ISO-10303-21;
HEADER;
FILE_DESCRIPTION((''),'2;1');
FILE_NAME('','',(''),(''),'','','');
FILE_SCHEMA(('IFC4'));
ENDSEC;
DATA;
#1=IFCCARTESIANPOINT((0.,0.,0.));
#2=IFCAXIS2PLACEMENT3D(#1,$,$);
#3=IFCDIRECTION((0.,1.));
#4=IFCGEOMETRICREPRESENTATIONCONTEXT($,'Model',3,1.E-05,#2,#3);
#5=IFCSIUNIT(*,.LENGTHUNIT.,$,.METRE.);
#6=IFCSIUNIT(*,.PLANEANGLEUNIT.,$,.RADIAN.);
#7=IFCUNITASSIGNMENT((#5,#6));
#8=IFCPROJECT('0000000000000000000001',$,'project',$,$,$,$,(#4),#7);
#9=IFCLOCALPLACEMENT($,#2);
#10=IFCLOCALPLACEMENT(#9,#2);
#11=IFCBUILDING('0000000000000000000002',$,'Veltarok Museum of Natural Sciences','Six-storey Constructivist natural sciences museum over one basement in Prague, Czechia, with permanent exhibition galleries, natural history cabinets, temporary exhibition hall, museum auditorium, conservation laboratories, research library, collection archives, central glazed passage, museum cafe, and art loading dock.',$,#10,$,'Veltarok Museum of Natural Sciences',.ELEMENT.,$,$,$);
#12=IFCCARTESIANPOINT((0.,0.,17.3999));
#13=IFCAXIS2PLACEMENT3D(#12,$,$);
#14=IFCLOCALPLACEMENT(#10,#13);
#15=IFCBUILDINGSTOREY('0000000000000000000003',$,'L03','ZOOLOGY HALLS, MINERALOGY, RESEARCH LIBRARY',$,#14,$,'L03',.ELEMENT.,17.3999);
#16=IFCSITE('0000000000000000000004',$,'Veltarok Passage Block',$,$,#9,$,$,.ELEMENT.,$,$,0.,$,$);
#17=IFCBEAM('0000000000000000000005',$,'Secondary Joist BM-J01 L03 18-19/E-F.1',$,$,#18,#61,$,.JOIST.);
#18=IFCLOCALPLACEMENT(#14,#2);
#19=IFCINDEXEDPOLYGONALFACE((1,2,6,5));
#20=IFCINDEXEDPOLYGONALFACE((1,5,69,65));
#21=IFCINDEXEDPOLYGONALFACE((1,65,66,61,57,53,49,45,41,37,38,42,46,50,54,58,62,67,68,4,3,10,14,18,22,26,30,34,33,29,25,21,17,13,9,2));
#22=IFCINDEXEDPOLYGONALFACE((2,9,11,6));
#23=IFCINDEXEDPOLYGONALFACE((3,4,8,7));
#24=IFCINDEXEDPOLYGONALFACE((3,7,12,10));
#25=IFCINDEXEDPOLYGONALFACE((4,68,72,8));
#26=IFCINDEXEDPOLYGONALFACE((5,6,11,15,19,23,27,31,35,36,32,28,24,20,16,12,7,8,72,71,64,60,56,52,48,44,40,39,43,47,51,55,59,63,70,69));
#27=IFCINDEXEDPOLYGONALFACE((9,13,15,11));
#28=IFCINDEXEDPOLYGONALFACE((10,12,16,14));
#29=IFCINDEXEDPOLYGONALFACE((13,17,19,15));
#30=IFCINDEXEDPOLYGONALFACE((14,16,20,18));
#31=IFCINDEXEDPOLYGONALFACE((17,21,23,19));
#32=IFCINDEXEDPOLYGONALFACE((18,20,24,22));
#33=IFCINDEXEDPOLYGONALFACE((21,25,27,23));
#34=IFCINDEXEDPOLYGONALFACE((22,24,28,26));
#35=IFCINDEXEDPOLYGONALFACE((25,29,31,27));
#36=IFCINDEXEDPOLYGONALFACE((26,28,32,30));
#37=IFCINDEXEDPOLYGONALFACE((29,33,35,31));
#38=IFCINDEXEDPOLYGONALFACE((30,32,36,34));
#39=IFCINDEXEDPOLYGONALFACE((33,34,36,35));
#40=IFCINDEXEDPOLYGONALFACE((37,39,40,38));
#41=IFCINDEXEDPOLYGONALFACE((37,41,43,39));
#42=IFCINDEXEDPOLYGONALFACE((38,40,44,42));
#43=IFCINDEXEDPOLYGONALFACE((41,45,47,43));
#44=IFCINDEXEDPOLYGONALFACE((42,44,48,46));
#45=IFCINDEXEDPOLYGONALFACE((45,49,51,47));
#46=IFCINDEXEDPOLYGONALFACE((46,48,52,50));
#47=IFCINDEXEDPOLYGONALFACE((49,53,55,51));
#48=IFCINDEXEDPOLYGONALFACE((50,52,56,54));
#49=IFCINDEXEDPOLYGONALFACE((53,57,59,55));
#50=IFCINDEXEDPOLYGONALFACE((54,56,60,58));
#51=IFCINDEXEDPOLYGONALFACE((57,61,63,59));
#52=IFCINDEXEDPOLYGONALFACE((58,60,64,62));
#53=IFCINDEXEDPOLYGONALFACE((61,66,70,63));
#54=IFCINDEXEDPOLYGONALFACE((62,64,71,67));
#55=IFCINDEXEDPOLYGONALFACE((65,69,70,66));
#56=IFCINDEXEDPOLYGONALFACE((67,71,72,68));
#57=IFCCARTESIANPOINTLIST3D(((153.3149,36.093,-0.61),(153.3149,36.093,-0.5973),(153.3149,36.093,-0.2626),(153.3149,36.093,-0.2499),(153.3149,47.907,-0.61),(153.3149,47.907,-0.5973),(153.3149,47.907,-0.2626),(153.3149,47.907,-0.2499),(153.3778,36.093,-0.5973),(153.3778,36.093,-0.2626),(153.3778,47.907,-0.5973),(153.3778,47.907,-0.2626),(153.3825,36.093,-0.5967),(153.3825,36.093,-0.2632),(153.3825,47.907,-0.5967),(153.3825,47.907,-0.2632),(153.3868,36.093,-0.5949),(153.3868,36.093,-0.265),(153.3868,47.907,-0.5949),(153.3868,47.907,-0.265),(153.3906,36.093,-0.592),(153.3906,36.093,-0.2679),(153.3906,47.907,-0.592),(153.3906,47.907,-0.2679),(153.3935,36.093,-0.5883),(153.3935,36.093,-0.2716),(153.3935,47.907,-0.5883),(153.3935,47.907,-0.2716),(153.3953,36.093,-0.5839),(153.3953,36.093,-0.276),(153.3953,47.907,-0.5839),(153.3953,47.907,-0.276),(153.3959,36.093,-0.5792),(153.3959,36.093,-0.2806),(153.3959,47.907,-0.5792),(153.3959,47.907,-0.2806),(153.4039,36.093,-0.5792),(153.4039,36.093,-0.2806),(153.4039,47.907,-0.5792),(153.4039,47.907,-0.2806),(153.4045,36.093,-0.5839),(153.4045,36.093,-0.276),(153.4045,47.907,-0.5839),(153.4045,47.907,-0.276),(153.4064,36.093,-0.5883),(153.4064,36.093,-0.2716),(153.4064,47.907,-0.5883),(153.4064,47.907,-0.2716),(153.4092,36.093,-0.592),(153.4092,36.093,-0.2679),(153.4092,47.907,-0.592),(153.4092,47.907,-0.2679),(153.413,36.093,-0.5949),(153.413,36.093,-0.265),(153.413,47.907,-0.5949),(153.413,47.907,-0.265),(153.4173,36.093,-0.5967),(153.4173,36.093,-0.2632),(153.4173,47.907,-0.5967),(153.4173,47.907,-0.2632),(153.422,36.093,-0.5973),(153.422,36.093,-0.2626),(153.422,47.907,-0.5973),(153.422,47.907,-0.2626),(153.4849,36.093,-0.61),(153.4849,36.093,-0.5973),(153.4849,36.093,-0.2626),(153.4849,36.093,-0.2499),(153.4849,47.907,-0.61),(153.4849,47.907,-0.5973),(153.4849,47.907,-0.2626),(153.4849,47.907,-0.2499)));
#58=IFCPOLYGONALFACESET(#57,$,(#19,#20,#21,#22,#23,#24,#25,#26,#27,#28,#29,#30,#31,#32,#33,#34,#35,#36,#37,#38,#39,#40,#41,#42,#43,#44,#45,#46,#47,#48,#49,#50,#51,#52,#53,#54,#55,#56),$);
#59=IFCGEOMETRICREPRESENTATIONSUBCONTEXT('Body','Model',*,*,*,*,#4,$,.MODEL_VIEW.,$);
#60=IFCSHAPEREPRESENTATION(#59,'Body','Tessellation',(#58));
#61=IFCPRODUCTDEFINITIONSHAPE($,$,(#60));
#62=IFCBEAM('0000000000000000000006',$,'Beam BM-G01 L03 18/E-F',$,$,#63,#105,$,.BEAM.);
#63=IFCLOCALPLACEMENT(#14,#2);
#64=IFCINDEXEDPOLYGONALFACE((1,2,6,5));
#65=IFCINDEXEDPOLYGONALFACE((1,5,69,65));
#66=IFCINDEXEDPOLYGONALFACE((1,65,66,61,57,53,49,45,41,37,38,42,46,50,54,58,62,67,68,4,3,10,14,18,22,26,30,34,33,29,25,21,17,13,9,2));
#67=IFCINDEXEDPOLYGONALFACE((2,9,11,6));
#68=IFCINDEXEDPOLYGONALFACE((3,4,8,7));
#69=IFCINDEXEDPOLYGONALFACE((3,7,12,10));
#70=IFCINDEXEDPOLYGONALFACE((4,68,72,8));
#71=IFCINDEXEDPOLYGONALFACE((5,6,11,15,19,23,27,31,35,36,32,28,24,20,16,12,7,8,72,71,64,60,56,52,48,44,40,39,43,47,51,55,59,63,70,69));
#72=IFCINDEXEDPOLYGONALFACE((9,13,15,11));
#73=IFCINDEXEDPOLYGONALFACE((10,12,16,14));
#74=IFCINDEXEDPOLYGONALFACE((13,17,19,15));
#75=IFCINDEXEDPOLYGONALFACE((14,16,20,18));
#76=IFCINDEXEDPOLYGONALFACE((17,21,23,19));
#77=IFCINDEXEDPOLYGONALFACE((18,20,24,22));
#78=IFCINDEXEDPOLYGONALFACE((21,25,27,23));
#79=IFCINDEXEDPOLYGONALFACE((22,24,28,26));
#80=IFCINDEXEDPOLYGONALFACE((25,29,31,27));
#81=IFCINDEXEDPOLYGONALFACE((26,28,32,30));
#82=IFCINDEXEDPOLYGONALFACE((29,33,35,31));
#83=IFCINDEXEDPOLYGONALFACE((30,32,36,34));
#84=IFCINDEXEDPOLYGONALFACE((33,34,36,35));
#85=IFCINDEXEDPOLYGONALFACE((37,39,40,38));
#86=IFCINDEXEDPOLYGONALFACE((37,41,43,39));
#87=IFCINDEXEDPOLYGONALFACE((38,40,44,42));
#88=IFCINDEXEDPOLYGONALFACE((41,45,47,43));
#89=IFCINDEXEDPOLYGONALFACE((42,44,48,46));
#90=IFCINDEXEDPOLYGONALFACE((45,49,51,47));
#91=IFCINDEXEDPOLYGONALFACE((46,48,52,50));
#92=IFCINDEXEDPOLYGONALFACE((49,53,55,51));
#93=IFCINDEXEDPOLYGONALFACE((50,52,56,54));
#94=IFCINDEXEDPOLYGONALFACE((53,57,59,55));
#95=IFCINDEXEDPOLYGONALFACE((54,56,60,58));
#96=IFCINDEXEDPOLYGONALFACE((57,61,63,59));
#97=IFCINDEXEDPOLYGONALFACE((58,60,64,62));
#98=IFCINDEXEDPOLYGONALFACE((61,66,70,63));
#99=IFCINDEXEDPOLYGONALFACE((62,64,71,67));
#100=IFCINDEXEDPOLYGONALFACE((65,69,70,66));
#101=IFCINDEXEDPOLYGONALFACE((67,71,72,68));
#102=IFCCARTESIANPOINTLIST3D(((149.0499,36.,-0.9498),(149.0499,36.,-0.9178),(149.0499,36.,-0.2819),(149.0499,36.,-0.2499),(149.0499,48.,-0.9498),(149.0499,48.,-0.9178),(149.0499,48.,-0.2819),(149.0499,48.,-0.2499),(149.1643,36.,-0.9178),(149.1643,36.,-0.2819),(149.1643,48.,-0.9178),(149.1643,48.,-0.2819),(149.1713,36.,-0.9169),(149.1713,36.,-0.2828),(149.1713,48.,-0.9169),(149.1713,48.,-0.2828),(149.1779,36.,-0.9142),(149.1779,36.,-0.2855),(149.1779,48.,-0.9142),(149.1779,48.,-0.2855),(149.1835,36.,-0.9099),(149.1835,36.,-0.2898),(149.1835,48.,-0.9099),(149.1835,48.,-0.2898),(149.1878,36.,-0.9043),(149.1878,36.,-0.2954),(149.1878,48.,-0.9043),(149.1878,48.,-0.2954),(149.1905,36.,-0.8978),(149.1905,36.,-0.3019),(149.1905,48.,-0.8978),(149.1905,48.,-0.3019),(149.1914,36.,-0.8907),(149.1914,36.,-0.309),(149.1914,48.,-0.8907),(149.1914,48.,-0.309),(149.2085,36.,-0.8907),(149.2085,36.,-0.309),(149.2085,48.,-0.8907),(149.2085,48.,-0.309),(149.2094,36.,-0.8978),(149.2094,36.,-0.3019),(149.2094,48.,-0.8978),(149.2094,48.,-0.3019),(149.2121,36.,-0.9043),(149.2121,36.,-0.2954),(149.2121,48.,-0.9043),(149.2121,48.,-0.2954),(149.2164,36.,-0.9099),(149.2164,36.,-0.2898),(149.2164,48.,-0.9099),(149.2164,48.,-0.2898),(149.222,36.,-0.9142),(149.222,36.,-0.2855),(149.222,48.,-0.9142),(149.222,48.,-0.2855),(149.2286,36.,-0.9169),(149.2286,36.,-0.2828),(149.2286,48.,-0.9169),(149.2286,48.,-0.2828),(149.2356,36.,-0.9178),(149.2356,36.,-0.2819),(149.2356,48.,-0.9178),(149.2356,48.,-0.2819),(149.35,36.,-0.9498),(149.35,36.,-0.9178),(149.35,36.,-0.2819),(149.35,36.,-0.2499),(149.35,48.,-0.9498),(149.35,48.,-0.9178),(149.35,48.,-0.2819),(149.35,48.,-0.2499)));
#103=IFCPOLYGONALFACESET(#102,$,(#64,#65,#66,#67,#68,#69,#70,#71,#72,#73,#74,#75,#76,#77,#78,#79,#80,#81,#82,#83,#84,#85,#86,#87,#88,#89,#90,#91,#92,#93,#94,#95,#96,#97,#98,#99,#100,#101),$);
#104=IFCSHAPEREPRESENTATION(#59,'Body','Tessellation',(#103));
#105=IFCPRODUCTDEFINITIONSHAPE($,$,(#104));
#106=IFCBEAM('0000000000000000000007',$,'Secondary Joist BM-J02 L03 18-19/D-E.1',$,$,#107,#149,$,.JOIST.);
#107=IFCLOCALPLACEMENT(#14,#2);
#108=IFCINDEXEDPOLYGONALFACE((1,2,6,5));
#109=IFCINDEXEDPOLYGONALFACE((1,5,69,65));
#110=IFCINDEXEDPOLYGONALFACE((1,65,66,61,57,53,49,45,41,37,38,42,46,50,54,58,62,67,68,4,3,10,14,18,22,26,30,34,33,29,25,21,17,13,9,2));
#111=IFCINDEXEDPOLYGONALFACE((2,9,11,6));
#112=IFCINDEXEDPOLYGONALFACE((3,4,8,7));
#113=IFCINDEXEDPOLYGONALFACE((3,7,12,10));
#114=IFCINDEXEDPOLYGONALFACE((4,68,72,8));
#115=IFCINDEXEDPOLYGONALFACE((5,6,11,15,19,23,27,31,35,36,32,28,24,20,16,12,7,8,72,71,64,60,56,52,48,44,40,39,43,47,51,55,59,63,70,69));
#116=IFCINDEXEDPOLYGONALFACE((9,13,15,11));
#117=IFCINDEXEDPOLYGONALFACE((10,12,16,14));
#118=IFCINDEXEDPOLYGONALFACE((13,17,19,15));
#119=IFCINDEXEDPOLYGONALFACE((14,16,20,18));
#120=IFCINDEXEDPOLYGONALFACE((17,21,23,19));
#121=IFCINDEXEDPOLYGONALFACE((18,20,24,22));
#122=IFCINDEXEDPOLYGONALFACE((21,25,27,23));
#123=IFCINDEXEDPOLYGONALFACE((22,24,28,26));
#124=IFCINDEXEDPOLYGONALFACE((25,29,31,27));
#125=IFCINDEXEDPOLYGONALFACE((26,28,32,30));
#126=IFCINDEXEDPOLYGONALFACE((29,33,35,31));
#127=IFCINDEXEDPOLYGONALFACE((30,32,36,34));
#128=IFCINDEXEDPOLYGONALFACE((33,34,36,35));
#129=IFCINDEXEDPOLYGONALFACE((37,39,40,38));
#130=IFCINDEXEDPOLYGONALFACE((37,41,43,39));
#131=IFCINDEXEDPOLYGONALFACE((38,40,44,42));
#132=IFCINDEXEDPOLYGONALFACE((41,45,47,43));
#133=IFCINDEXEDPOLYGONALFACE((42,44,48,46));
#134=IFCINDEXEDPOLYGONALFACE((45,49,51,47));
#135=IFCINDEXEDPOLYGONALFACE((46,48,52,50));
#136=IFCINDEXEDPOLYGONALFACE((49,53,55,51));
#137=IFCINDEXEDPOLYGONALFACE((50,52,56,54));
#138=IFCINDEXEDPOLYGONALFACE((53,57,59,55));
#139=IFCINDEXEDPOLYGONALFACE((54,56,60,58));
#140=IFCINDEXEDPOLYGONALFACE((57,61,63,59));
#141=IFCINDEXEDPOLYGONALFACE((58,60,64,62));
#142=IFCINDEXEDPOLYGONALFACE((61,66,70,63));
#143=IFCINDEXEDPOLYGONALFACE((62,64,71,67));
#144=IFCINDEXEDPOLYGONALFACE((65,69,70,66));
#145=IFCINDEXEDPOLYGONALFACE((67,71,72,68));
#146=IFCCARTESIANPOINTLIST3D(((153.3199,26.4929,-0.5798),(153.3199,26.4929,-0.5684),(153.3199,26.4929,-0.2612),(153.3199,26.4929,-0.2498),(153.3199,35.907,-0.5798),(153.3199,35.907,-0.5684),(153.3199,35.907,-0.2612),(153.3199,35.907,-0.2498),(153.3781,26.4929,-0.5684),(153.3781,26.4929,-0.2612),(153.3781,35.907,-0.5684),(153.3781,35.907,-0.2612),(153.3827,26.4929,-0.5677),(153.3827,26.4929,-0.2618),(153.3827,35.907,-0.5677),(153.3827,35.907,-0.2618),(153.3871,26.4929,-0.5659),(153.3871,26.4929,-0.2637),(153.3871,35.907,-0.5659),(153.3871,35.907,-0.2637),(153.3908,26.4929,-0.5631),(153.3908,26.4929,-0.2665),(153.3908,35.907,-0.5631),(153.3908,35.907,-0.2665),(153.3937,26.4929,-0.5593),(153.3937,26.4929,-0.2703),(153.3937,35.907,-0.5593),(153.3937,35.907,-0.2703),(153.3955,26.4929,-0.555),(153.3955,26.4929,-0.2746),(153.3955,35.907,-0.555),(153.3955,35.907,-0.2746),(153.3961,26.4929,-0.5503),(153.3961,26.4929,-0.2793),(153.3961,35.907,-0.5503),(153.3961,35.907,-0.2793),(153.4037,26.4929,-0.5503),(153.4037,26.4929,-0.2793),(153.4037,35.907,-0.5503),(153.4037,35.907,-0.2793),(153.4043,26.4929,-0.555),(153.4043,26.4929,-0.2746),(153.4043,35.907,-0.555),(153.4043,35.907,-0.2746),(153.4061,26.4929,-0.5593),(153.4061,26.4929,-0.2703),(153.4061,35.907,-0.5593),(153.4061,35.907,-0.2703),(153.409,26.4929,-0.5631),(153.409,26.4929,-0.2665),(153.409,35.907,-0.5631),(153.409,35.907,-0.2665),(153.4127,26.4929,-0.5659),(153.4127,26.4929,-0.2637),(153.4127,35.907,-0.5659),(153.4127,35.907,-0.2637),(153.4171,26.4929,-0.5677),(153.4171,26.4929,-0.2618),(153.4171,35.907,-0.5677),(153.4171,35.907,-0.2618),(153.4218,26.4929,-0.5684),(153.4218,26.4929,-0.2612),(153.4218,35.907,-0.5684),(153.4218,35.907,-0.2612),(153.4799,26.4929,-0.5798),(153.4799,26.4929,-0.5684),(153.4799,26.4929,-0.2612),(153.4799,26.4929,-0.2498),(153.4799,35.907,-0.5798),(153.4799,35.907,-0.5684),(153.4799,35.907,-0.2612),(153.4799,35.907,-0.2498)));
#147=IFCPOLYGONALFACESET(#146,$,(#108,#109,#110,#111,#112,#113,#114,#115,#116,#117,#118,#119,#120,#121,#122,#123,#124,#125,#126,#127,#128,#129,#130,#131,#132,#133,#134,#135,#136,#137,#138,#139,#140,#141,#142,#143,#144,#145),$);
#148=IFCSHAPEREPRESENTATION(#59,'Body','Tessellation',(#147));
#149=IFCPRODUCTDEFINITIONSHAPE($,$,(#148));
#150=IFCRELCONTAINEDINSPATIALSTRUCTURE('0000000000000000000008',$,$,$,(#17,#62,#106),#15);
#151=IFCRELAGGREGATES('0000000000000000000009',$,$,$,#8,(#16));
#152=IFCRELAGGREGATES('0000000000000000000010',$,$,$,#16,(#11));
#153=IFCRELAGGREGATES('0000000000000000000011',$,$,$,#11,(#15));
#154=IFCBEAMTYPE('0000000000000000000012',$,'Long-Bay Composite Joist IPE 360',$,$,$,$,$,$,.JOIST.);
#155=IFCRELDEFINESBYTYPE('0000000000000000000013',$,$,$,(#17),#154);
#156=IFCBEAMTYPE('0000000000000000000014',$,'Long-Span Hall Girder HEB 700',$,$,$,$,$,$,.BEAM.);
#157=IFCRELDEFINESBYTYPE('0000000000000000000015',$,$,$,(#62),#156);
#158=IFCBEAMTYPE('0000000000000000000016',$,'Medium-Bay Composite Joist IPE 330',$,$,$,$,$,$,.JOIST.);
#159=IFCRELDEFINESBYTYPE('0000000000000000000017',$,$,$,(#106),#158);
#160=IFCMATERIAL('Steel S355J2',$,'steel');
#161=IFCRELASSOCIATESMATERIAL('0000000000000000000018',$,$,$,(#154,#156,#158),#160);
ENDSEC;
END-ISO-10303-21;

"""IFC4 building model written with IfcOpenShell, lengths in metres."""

from ifc_helpers import new_model, si_unit, direction, frame, origin, origin_2d, place, context, subcontext, project, spatial, i_section, extrude, material, material_profile, profile_set, type_object, element, save


model = new_model("IFC4")

# Units and contexts
model_context = context("Model", 3, precision=1e-05, world=origin(), true_north=direction((0.0, 1.0)))
body_context = subcontext(model_context, "Body", "Model", "MODEL_VIEW")
ifc_project = project(units=[si_unit("LENGTHUNIT", "METRE"), si_unit("PLANEANGLEUNIT", "RADIAN")], contexts=[model_context])

# Site, building, storey
site_placement = place(None, origin())
site = spatial("IfcSite", under=ifc_project, at=site_placement, Name="Veltarok Passage Block", CompositionType="ELEMENT", RefElevation=0.0)
building_placement = place(site_placement, origin())
building = spatial("IfcBuilding", under=site, at=building_placement, Name="Veltarok Museum of Natural Sciences", Description="Six-storey Constructivist natural sciences museum over one basement in Prague, Czechia, with permanent exhibition galleries, natural history cabinets, temporary exhibition hall, museum auditorium, conservation laboratories, research library, collection archives, central glazed passage, museum cafe, and art loading dock.", LongName="Veltarok Museum of Natural Sciences", CompositionType="ELEMENT")
storey_placement = place(building_placement, frame((0.0, 0.0, 17.3999)))
storey = spatial("IfcBuildingStorey", under=building, at=storey_placement, Name="L03", Description="ZOOLOGY HALLS, MINERALOGY, RESEARCH LIBRARY", LongName="L03", CompositionType="ELEMENT", Elevation=17.3999)

# Beams
ifc_material_1 = material(Name="Steel S355J2", Category="steel")
ifc_material_profile_1 = material_profile(ifc_material_1, i_section(OverallWidth=0.1699, OverallDepth=0.3601, WebThickness=0.0081, FlangeThickness=0.0127, FilletRadius=0.0181, at=origin_2d()), Name="IPE 360")
ifc_profile_set_1 = profile_set([ifc_material_profile_1], Name="Steel S355J2")
beam_type_1 = type_object("IfcBeamType", Name="Long-Bay Composite Joist IPE 360", PredefinedType="JOIST", material=ifc_profile_set_1)
beam_1_placement = place(storey_placement, frame((153.3999, 36.093, -0.4299), z_axis=(0.0, 1.0, 0.0), x_axis=(-1.0, 0.0, 0.0)))
element("IfcBeam", 1, at=beam_1_placement, inside=storey, type_object=beam_type_1, Name="Secondary Joist BM-J01 L03 18-19/E-F.1", PredefinedType="JOIST", context=body_context, shape_type="SweptSolid", body=[
    extrude(i_section(OverallWidth=0.1699, OverallDepth=0.3601, WebThickness=0.0081, FlangeThickness=0.0127, FilletRadius=0.0181, at=origin_2d()), origin(), (0.0, 0.0, 1.0), 11.814),
])
ifc_material_profile_2 = material_profile(ifc_material_1, i_section(OverallWidth=0.3, OverallDepth=0.7, WebThickness=0.0171, FlangeThickness=0.032, FilletRadius=0.0271, at=origin_2d()), Name="HEB 700")
ifc_profile_set_2 = profile_set([ifc_material_profile_2], Name="Steel S355J2")
beam_type_2 = type_object("IfcBeamType", Name="Long-Span Hall Girder HEB 700", PredefinedType="BEAM", material=ifc_profile_set_2)
beam_2_placement = place(storey_placement, frame((149.2, 36.0, -0.5999), z_axis=(0.0, 1.0, 0.0), x_axis=(-1.0, 0.0, 0.0)))
element("IfcBeam", 2, at=beam_2_placement, inside=storey, type_object=beam_type_2, Name="Beam BM-G01 L03 18/E-F", PredefinedType="BEAM", context=body_context, shape_type="SweptSolid", body=[
    extrude(i_section(OverallWidth=0.3, OverallDepth=0.7, WebThickness=0.0171, FlangeThickness=0.032, FilletRadius=0.0271, at=origin_2d()), origin(), (0.0, 0.0, 1.0), 12.0),
])
ifc_material_profile_3 = material_profile(ifc_material_1, i_section(OverallWidth=0.1599, OverallDepth=0.3301, WebThickness=0.0076, FlangeThickness=0.0115, FilletRadius=0.0181, at=origin_2d()), Name="IPE 330")
ifc_profile_set_3 = profile_set([ifc_material_profile_3], Name="Steel S355J2")
beam_type_3 = type_object("IfcBeamType", Name="Medium-Bay Composite Joist IPE 330", PredefinedType="JOIST", material=ifc_profile_set_3)
beam_3_placement = place(storey_placement, frame((153.3999, 26.4929, -0.4148), z_axis=(0.0, 1.0, 0.0), x_axis=(-1.0, 0.0, 0.0)))
element("IfcBeam", 3, at=beam_3_placement, inside=storey, type_object=beam_type_3, Name="Secondary Joist BM-J02 L03 18-19/D-E.1", PredefinedType="JOIST", context=body_context, shape_type="SweptSolid", body=[
    extrude(i_section(OverallWidth=0.1599, OverallDepth=0.3301, WebThickness=0.0076, FlangeThickness=0.0115, FilletRadius=0.0181, at=origin_2d()), origin(), (0.0, 0.0, 1.0), 9.4141),
])

save(model, "model.ifc")
